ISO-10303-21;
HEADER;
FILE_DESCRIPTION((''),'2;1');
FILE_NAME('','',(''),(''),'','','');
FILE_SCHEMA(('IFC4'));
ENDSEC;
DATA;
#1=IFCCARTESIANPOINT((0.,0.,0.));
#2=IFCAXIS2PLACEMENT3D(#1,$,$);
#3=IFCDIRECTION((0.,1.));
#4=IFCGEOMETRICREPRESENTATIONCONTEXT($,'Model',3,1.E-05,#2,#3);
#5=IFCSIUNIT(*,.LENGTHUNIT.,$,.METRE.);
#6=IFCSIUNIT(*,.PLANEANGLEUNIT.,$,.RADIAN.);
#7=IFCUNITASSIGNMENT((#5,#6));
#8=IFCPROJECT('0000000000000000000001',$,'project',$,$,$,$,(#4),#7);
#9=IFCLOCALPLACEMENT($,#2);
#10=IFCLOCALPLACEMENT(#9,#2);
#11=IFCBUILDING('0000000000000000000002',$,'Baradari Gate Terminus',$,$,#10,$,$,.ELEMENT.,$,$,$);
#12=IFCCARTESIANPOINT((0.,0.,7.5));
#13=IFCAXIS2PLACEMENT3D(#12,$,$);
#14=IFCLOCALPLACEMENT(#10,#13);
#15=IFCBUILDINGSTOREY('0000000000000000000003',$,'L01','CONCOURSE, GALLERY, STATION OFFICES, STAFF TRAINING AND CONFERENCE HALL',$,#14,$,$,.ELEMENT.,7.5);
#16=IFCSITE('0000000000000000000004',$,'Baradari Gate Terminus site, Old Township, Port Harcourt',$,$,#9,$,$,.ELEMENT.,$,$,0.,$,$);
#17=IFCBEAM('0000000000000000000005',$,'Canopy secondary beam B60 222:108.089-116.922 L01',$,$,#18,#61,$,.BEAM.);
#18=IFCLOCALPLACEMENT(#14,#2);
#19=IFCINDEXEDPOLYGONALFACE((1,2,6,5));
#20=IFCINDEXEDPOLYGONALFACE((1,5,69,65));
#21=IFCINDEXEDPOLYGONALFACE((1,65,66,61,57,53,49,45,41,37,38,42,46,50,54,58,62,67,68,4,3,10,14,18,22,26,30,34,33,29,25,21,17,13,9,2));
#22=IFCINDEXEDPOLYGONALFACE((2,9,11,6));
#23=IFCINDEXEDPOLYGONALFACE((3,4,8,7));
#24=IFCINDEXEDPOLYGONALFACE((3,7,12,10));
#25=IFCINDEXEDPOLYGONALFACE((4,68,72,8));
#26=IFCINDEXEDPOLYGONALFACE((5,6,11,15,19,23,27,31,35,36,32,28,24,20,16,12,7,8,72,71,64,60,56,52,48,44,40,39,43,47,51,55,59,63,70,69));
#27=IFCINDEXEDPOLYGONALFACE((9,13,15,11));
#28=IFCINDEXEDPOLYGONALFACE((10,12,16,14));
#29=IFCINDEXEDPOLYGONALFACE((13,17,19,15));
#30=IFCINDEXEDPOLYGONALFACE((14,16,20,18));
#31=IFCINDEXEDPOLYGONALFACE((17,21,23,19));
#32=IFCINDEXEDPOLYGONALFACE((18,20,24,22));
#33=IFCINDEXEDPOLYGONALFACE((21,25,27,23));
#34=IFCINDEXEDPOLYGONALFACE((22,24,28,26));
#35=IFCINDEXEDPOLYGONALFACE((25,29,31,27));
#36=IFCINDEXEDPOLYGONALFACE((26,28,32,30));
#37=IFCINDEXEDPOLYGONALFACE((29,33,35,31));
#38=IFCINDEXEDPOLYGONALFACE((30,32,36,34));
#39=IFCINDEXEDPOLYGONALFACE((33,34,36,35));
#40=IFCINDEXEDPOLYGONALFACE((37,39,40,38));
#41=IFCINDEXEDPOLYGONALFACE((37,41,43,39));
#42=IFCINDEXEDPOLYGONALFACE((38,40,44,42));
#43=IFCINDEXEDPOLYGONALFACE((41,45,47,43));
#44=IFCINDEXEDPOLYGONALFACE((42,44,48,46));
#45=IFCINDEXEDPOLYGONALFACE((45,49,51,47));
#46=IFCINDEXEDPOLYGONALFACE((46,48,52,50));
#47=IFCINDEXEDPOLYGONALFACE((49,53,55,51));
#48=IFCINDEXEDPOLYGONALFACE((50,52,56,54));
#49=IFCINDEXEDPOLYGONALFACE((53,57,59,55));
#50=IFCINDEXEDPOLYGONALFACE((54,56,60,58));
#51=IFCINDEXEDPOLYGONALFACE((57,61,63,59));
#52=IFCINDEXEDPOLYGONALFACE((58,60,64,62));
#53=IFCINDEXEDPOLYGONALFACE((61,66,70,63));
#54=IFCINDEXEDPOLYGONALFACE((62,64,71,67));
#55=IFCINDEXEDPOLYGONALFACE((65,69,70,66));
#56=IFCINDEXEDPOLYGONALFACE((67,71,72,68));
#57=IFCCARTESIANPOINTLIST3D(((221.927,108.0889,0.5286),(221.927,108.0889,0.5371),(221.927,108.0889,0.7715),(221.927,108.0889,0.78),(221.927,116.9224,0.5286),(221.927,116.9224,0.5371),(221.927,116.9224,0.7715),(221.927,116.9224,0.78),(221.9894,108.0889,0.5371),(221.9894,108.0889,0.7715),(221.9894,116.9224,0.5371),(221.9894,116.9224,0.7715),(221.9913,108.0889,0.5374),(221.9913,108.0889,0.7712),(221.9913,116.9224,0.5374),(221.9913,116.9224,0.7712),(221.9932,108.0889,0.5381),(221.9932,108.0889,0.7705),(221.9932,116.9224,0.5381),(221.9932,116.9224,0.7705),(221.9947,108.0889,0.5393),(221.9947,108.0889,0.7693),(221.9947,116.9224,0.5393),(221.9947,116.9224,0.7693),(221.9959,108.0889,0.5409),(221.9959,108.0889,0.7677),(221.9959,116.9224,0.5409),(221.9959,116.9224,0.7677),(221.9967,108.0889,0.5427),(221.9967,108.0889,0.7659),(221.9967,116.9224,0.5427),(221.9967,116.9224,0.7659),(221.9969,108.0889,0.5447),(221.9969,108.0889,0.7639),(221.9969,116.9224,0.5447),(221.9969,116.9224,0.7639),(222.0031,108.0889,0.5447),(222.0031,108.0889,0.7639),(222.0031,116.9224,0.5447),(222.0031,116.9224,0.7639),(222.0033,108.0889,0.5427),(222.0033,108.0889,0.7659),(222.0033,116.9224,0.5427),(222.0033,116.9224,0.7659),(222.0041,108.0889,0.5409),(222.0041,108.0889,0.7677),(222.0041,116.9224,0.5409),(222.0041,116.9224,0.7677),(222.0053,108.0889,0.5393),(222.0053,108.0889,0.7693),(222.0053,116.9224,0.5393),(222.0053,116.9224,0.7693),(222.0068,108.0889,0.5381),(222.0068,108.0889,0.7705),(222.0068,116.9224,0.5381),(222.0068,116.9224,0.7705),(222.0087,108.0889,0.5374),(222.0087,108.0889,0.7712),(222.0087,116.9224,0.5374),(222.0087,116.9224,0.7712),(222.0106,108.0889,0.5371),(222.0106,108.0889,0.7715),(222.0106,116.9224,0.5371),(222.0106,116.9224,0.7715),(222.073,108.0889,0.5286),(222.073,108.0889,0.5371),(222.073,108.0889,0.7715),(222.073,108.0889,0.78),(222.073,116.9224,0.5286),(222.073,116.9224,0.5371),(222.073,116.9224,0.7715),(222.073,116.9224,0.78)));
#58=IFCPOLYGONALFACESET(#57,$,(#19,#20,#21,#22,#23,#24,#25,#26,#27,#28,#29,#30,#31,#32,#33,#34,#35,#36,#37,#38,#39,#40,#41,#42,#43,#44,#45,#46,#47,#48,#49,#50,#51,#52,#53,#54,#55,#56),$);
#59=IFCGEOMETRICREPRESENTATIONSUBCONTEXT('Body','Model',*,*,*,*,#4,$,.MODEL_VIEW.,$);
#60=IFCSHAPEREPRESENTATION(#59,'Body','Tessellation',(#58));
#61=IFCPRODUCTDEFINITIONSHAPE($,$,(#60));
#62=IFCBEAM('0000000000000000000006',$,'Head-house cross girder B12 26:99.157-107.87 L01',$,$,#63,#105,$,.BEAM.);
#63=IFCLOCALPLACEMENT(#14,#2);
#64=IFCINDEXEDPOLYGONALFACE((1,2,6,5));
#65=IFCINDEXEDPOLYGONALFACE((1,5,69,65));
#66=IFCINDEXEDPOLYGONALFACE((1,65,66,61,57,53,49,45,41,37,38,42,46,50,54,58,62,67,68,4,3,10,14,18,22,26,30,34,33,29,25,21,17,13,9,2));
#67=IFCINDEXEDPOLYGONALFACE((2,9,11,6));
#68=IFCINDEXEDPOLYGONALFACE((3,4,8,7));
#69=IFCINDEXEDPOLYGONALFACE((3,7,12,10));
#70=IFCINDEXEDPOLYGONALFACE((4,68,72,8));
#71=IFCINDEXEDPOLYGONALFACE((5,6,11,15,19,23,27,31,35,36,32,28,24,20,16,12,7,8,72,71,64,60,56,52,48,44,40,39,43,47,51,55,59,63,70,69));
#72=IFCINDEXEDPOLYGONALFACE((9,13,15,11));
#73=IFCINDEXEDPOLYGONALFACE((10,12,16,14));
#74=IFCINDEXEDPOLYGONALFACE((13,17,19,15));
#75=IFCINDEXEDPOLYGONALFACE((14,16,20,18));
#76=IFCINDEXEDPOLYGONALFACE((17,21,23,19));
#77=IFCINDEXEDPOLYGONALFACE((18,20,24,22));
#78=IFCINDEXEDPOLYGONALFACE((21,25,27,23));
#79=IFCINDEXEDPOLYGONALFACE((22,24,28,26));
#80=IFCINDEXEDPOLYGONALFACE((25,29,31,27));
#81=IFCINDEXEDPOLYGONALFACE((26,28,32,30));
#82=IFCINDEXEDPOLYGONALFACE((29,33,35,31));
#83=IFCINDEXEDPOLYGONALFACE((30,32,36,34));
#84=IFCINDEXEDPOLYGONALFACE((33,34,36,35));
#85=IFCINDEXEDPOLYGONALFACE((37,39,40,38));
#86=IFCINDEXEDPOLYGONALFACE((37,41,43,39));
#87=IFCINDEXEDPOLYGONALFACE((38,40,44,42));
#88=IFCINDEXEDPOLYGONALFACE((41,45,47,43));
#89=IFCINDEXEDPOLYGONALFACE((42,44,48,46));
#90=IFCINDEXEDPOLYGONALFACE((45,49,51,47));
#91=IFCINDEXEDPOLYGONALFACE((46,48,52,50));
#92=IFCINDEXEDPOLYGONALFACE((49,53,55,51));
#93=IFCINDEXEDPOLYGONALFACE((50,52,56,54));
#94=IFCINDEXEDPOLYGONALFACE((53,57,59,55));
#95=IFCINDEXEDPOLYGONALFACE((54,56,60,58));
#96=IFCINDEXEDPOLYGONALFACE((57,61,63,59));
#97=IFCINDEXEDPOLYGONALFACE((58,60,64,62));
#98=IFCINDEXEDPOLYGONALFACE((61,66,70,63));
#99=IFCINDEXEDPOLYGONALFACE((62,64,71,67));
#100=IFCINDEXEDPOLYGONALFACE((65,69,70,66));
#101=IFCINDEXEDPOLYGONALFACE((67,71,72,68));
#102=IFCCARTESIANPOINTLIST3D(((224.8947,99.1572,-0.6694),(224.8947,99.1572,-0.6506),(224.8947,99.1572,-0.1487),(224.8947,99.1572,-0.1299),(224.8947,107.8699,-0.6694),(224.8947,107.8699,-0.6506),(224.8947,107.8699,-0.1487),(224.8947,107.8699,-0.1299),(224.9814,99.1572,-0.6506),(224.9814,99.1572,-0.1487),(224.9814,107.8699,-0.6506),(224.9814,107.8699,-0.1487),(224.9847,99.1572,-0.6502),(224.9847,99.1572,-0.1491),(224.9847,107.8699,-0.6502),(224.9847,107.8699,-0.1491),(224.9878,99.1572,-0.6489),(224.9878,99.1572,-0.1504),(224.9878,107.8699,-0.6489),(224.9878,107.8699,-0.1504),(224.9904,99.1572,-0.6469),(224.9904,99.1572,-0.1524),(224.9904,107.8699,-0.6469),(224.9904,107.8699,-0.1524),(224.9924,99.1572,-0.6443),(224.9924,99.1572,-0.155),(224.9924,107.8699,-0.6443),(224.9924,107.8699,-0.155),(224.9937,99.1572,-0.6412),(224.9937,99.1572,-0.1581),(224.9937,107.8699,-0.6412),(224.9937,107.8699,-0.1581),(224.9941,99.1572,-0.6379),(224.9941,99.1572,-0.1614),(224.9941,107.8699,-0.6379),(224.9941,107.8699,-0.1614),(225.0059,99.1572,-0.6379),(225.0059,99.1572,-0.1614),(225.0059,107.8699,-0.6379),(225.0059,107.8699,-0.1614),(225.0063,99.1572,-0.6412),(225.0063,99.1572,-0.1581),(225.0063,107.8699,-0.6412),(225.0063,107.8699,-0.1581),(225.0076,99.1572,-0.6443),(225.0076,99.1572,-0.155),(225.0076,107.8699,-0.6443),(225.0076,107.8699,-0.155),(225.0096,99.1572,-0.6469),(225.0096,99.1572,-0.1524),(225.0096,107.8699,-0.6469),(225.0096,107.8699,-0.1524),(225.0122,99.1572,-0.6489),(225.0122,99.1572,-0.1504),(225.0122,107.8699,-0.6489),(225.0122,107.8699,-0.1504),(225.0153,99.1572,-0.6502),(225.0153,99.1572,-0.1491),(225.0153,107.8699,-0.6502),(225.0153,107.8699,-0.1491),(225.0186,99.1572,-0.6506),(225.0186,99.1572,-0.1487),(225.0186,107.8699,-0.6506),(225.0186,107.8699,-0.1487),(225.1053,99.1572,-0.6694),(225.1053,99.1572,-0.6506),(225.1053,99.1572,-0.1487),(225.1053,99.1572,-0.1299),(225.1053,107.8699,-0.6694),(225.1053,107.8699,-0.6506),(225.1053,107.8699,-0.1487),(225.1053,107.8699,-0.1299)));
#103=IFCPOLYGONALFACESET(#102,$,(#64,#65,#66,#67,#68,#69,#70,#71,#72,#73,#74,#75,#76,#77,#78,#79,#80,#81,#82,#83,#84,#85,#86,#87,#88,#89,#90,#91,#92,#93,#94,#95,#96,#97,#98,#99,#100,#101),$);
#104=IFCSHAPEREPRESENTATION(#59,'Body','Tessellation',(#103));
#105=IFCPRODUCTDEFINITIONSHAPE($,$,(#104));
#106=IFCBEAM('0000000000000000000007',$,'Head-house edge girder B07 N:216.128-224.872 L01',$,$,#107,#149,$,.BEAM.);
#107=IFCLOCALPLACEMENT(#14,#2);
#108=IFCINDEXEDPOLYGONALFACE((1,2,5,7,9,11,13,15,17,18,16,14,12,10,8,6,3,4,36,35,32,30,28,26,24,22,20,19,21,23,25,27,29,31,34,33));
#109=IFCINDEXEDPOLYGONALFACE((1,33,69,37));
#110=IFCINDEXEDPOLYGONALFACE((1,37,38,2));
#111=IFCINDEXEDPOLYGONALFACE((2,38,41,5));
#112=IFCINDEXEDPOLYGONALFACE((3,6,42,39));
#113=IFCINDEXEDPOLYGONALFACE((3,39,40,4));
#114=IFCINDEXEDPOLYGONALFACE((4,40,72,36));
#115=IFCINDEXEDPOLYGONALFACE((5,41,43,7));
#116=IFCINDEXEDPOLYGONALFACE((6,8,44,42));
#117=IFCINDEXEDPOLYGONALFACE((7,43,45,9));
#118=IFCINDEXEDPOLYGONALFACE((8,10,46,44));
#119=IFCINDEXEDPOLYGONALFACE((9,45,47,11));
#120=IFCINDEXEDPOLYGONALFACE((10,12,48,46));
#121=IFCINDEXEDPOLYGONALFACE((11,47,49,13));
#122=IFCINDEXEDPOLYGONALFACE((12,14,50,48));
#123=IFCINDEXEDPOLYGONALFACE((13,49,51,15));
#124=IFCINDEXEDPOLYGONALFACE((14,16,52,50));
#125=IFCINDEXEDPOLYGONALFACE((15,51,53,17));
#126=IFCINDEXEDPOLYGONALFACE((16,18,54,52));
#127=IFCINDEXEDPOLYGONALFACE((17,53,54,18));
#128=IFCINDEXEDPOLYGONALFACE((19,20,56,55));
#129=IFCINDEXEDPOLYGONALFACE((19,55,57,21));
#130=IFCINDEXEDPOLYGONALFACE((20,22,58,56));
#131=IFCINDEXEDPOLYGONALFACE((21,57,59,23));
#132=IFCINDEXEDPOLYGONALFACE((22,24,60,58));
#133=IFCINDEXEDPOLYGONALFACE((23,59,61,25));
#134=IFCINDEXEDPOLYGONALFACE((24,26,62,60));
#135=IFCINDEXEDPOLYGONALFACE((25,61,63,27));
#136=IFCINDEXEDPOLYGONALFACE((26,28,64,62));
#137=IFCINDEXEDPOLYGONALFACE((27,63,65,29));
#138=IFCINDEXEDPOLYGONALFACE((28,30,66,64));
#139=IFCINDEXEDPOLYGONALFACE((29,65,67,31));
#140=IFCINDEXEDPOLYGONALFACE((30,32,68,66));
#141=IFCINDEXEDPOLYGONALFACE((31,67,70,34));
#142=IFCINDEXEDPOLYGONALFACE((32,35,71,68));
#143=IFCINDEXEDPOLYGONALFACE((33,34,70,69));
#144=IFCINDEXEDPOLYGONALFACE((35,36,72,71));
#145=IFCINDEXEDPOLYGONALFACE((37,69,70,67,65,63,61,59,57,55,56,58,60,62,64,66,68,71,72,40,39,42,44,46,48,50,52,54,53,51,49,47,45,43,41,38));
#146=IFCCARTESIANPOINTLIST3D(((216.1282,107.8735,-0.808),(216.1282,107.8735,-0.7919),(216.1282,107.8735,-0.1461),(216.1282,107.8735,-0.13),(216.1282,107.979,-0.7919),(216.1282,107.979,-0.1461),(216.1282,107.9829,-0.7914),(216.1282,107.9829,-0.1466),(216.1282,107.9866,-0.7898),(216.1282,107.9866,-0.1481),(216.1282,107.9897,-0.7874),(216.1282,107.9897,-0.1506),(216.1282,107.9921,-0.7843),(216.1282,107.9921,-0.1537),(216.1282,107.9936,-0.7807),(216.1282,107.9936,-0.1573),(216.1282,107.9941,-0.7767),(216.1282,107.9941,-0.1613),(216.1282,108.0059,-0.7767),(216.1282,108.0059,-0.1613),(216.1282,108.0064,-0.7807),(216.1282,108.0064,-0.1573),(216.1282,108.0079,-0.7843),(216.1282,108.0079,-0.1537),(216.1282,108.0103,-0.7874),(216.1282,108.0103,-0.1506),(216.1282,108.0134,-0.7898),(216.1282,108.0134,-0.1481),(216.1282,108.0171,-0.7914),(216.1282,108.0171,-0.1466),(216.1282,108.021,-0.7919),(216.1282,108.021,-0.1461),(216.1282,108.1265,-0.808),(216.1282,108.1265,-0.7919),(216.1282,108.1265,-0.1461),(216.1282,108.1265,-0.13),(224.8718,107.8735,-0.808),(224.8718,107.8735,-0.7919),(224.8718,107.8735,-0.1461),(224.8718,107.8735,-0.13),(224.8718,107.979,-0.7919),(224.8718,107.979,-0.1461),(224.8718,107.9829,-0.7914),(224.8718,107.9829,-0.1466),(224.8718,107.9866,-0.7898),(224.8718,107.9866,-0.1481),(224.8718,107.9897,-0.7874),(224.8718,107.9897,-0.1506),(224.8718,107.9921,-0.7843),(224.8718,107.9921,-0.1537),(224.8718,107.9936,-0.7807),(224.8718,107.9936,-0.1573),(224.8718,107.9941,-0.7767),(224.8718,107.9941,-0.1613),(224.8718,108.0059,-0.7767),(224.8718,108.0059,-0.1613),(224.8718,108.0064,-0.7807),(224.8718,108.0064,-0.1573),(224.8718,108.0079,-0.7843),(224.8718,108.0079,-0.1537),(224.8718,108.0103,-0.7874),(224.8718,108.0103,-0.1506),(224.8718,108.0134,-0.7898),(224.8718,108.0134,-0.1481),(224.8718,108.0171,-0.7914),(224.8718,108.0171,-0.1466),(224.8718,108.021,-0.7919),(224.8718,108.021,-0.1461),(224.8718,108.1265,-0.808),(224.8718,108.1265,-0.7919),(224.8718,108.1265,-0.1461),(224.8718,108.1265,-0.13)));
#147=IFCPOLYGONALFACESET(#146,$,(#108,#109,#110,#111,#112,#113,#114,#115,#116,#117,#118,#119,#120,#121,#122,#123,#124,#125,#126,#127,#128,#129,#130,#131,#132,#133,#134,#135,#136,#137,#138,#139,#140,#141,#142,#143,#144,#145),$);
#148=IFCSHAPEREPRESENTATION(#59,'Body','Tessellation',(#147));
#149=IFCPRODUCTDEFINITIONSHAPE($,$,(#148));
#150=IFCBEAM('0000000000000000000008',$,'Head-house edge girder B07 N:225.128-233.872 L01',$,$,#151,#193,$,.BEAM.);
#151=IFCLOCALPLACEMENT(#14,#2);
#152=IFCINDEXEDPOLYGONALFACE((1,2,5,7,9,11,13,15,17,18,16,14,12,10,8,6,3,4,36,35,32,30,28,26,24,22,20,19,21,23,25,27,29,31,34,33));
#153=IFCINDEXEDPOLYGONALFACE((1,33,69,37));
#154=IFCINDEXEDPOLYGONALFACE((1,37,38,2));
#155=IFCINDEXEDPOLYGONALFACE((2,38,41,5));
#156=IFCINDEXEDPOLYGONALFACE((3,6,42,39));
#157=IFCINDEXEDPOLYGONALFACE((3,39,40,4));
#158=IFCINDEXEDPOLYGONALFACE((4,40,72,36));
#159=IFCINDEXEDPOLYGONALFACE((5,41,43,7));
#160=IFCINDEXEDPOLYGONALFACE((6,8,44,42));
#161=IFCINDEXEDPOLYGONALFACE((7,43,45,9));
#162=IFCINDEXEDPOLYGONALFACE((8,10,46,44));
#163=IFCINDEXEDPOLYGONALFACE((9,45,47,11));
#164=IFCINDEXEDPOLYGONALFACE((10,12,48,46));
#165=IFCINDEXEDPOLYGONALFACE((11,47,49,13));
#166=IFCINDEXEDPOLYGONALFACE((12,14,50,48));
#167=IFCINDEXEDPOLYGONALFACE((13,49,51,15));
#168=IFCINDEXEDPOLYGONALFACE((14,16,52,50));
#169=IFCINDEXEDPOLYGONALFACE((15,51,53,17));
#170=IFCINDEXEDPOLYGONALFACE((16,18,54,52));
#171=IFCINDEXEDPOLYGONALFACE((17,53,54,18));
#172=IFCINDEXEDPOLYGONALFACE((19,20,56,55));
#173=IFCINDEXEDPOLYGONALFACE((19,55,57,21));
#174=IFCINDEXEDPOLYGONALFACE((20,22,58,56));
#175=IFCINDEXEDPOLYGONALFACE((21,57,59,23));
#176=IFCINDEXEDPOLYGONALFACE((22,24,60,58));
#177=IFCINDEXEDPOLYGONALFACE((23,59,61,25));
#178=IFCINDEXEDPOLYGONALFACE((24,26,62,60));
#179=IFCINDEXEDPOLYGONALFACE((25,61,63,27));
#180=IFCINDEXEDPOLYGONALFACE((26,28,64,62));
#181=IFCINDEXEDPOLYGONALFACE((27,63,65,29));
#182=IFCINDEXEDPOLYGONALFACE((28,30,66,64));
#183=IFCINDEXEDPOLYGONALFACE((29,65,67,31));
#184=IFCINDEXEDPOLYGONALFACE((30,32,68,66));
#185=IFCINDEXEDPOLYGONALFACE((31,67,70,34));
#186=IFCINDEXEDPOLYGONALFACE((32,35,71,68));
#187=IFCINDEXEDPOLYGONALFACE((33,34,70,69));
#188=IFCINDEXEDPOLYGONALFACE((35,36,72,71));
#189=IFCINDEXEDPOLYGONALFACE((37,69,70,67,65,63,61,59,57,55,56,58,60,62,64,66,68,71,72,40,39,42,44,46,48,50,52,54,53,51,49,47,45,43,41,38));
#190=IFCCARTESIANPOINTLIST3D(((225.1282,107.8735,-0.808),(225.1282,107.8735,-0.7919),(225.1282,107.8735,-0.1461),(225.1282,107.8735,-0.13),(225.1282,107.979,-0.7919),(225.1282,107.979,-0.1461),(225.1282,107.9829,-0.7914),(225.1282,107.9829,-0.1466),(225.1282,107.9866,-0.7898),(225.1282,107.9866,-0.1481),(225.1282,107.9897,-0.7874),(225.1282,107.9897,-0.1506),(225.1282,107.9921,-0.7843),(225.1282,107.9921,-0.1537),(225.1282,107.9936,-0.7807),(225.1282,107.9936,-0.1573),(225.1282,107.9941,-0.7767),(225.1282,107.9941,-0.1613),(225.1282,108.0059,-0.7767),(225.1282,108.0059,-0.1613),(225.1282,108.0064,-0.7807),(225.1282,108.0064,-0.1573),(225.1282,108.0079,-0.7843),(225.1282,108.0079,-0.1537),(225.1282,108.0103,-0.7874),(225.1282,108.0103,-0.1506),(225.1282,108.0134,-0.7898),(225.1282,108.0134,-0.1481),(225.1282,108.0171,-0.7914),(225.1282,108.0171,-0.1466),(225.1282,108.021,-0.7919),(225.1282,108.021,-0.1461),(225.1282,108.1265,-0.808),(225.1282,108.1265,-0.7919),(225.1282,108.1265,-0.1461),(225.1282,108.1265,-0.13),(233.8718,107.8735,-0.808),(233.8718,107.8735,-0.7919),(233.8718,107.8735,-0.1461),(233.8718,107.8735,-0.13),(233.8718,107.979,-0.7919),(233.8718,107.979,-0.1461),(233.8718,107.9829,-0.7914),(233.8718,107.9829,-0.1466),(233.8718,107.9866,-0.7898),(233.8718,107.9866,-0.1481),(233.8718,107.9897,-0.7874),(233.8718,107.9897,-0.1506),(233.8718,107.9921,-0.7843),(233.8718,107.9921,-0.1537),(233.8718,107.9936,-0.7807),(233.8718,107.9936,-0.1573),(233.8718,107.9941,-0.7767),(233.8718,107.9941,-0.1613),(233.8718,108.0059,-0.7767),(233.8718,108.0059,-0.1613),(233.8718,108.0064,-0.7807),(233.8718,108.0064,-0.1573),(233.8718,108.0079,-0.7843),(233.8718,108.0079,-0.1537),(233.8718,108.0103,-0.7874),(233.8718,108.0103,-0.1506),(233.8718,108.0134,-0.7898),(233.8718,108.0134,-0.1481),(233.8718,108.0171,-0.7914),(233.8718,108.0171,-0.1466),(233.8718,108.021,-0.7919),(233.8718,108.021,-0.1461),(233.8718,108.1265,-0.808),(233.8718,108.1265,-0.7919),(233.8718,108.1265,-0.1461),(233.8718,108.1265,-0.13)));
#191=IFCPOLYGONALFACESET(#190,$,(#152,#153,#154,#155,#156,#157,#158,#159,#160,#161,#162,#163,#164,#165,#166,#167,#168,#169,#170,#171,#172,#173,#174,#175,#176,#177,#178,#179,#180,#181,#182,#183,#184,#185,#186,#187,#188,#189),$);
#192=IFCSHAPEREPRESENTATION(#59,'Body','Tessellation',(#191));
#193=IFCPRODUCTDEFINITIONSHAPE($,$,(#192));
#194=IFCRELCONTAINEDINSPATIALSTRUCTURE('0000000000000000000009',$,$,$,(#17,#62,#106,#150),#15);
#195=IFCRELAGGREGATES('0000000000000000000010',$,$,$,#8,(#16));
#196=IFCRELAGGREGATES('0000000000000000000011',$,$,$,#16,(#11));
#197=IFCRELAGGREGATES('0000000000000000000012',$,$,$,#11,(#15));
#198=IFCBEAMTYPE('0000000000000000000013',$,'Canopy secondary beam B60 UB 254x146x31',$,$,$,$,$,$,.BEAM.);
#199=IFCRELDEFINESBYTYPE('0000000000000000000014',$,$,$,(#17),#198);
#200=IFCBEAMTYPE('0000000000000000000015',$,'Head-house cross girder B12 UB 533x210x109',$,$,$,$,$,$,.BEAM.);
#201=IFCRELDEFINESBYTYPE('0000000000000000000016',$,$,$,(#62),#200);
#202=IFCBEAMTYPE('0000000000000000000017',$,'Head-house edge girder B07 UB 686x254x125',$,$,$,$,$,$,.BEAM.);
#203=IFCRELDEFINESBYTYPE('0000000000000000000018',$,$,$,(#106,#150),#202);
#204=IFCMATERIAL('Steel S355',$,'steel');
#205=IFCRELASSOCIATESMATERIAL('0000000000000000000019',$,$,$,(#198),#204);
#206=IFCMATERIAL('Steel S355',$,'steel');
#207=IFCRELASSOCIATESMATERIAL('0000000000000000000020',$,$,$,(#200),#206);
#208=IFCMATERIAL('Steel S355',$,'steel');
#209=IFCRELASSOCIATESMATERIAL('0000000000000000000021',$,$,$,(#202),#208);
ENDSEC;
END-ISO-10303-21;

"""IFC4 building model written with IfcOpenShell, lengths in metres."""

from ifc_helpers import new_model, si_unit, direction, frame, origin, origin_2d, place, context, subcontext, project, spatial, i_section, extrude, material, material_profile, profile_set, type_object, element, save


model = new_model("IFC4")

# Units and contexts
model_context = context("Model", 3, precision=1e-05, world=origin(), true_north=direction((0.0, 1.0)))
body_context = subcontext(model_context, "Body", "Model", "MODEL_VIEW")
ifc_project = project(units=[si_unit("LENGTHUNIT", "METRE"), si_unit("PLANEANGLEUNIT", "RADIAN")], contexts=[model_context])

# Site, building, storey
site_placement = place(None, origin())
site = spatial("IfcSite", under=ifc_project, at=site_placement, Name="Baradari Gate Terminus site, Old Township, Port Harcourt", CompositionType="ELEMENT", RefElevation=0.0)
building_placement = place(site_placement, origin())
building = spatial("IfcBuilding", under=site, at=building_placement, Name="Baradari Gate Terminus", CompositionType="ELEMENT")
storey_placement = place(building_placement, frame((0.0, 0.0, 7.5)))
storey = spatial("IfcBuildingStorey", under=building, at=storey_placement, Name="L01", Description="CONCOURSE, GALLERY, STATION OFFICES, STAFF TRAINING AND CONFERENCE HALL", CompositionType="ELEMENT", Elevation=7.5)

# Beams
ifc_material_1 = material(Name="Steel S355", Category="steel")
ifc_material_profile_1 = material_profile(ifc_material_1, i_section(OverallWidth=0.146, OverallDepth=0.2515, WebThickness=0.0061, FlangeThickness=0.0085, FilletRadius=0.0076, at=origin_2d()), Name="UB 254x146x31")
ifc_profile_set_1 = profile_set([ifc_material_profile_1], Name="Steel S355")
beam_type_1 = type_object("IfcBeamType", Name="Canopy secondary beam B60 UB 254x146x31", PredefinedType="BEAM", material=ifc_profile_set_1)
for number, where, z_axis, x_axis, name in (
    (1, (222.0, 108.0889, 0.6543), (0.0, 1.0, 0.0), (-1.0, 0.0, 0.0), "Canopy secondary beam B60 222:108.089-116.922 L01"),
):
    element("IfcBeam", number, at=place(storey_placement, frame(where, z_axis=z_axis, x_axis=x_axis)), inside=storey, type_object=beam_type_1, Name=name, PredefinedType="BEAM", context=body_context, shape_type="SweptSolid", body=[
        extrude(i_section(OverallWidth=0.146, OverallDepth=0.2515, WebThickness=0.0061, FlangeThickness=0.0085, FilletRadius=0.0076, at=origin_2d()), origin(), (0.0, 0.0, 1.0), 8.8335),
    ])
ifc_material_2 = material(Name="Steel S355", Category="steel")
ifc_material_profile_2 = material_profile(ifc_material_2, i_section(OverallWidth=0.2107, OverallDepth=0.5396, WebThickness=0.0117, FlangeThickness=0.0188, FilletRadius=0.0127, at=origin_2d()), Name="UB 533x210x109")
ifc_profile_set_2 = profile_set([ifc_material_profile_2], Name="Steel S355")
beam_type_2 = type_object("IfcBeamType", Name="Head-house cross girder B12 UB 533x210x109", PredefinedType="BEAM", material=ifc_profile_set_2)
beam_1_placement = place(storey_placement, frame((225.0, 99.1572, -0.3997), z_axis=(0.0, 1.0, 0.0), x_axis=(-1.0, 0.0, 0.0)))
element("IfcBeam", 2, at=beam_1_placement, inside=storey, type_object=beam_type_2, Name="Head-house cross girder B12 26:99.157-107.87 L01", PredefinedType="BEAM", context=body_context, shape_type="SweptSolid", body=[
    extrude(i_section(OverallWidth=0.2107, OverallDepth=0.5396, WebThickness=0.0117, FlangeThickness=0.0188, FilletRadius=0.0127, at=origin_2d()), origin(), (0.0, 0.0, 1.0), 8.7126),
])
ifc_material_3 = material(Name="Steel S355", Category="steel")
ifc_material_profile_3 = material_profile(ifc_material_3, i_section(OverallWidth=0.2529, OverallDepth=0.678, WebThickness=0.0117, FlangeThickness=0.0161, FilletRadius=0.0151, at=origin_2d()), Name="UB 686x254x125")
ifc_profile_set_3 = profile_set([ifc_material_profile_3], Name="Steel S355")
beam_type_3 = type_object("IfcBeamType", Name="Head-house edge girder B07 UB 686x254x125", PredefinedType="BEAM", material=ifc_profile_set_3)
for number, where, z_axis, x_axis, name in (
    (3, (216.1282, 108.0, -0.469), (1.0, 0.0, 0.0), (0.0, 1.0, 0.0), "Head-house edge girder B07 N:216.128-224.872 L01"),
    (4, (225.1282, 108.0, -0.469), (1.0, 0.0, 0.0), (0.0, 1.0, 0.0), "Head-house edge girder B07 N:225.128-233.872 L01"),
):
    element("IfcBeam", number, at=place(storey_placement, frame(where, z_axis=z_axis, x_axis=x_axis)), inside=storey, type_object=beam_type_3, Name=name, PredefinedType="BEAM", context=body_context, shape_type="SweptSolid", body=[
        extrude(i_section(OverallWidth=0.2529, OverallDepth=0.678, WebThickness=0.0117, FlangeThickness=0.0161, FilletRadius=0.0151, at=origin_2d()), origin(), (0.0, 0.0, 1.0), 8.7437),
    ])

save(model, "model.ifc")
